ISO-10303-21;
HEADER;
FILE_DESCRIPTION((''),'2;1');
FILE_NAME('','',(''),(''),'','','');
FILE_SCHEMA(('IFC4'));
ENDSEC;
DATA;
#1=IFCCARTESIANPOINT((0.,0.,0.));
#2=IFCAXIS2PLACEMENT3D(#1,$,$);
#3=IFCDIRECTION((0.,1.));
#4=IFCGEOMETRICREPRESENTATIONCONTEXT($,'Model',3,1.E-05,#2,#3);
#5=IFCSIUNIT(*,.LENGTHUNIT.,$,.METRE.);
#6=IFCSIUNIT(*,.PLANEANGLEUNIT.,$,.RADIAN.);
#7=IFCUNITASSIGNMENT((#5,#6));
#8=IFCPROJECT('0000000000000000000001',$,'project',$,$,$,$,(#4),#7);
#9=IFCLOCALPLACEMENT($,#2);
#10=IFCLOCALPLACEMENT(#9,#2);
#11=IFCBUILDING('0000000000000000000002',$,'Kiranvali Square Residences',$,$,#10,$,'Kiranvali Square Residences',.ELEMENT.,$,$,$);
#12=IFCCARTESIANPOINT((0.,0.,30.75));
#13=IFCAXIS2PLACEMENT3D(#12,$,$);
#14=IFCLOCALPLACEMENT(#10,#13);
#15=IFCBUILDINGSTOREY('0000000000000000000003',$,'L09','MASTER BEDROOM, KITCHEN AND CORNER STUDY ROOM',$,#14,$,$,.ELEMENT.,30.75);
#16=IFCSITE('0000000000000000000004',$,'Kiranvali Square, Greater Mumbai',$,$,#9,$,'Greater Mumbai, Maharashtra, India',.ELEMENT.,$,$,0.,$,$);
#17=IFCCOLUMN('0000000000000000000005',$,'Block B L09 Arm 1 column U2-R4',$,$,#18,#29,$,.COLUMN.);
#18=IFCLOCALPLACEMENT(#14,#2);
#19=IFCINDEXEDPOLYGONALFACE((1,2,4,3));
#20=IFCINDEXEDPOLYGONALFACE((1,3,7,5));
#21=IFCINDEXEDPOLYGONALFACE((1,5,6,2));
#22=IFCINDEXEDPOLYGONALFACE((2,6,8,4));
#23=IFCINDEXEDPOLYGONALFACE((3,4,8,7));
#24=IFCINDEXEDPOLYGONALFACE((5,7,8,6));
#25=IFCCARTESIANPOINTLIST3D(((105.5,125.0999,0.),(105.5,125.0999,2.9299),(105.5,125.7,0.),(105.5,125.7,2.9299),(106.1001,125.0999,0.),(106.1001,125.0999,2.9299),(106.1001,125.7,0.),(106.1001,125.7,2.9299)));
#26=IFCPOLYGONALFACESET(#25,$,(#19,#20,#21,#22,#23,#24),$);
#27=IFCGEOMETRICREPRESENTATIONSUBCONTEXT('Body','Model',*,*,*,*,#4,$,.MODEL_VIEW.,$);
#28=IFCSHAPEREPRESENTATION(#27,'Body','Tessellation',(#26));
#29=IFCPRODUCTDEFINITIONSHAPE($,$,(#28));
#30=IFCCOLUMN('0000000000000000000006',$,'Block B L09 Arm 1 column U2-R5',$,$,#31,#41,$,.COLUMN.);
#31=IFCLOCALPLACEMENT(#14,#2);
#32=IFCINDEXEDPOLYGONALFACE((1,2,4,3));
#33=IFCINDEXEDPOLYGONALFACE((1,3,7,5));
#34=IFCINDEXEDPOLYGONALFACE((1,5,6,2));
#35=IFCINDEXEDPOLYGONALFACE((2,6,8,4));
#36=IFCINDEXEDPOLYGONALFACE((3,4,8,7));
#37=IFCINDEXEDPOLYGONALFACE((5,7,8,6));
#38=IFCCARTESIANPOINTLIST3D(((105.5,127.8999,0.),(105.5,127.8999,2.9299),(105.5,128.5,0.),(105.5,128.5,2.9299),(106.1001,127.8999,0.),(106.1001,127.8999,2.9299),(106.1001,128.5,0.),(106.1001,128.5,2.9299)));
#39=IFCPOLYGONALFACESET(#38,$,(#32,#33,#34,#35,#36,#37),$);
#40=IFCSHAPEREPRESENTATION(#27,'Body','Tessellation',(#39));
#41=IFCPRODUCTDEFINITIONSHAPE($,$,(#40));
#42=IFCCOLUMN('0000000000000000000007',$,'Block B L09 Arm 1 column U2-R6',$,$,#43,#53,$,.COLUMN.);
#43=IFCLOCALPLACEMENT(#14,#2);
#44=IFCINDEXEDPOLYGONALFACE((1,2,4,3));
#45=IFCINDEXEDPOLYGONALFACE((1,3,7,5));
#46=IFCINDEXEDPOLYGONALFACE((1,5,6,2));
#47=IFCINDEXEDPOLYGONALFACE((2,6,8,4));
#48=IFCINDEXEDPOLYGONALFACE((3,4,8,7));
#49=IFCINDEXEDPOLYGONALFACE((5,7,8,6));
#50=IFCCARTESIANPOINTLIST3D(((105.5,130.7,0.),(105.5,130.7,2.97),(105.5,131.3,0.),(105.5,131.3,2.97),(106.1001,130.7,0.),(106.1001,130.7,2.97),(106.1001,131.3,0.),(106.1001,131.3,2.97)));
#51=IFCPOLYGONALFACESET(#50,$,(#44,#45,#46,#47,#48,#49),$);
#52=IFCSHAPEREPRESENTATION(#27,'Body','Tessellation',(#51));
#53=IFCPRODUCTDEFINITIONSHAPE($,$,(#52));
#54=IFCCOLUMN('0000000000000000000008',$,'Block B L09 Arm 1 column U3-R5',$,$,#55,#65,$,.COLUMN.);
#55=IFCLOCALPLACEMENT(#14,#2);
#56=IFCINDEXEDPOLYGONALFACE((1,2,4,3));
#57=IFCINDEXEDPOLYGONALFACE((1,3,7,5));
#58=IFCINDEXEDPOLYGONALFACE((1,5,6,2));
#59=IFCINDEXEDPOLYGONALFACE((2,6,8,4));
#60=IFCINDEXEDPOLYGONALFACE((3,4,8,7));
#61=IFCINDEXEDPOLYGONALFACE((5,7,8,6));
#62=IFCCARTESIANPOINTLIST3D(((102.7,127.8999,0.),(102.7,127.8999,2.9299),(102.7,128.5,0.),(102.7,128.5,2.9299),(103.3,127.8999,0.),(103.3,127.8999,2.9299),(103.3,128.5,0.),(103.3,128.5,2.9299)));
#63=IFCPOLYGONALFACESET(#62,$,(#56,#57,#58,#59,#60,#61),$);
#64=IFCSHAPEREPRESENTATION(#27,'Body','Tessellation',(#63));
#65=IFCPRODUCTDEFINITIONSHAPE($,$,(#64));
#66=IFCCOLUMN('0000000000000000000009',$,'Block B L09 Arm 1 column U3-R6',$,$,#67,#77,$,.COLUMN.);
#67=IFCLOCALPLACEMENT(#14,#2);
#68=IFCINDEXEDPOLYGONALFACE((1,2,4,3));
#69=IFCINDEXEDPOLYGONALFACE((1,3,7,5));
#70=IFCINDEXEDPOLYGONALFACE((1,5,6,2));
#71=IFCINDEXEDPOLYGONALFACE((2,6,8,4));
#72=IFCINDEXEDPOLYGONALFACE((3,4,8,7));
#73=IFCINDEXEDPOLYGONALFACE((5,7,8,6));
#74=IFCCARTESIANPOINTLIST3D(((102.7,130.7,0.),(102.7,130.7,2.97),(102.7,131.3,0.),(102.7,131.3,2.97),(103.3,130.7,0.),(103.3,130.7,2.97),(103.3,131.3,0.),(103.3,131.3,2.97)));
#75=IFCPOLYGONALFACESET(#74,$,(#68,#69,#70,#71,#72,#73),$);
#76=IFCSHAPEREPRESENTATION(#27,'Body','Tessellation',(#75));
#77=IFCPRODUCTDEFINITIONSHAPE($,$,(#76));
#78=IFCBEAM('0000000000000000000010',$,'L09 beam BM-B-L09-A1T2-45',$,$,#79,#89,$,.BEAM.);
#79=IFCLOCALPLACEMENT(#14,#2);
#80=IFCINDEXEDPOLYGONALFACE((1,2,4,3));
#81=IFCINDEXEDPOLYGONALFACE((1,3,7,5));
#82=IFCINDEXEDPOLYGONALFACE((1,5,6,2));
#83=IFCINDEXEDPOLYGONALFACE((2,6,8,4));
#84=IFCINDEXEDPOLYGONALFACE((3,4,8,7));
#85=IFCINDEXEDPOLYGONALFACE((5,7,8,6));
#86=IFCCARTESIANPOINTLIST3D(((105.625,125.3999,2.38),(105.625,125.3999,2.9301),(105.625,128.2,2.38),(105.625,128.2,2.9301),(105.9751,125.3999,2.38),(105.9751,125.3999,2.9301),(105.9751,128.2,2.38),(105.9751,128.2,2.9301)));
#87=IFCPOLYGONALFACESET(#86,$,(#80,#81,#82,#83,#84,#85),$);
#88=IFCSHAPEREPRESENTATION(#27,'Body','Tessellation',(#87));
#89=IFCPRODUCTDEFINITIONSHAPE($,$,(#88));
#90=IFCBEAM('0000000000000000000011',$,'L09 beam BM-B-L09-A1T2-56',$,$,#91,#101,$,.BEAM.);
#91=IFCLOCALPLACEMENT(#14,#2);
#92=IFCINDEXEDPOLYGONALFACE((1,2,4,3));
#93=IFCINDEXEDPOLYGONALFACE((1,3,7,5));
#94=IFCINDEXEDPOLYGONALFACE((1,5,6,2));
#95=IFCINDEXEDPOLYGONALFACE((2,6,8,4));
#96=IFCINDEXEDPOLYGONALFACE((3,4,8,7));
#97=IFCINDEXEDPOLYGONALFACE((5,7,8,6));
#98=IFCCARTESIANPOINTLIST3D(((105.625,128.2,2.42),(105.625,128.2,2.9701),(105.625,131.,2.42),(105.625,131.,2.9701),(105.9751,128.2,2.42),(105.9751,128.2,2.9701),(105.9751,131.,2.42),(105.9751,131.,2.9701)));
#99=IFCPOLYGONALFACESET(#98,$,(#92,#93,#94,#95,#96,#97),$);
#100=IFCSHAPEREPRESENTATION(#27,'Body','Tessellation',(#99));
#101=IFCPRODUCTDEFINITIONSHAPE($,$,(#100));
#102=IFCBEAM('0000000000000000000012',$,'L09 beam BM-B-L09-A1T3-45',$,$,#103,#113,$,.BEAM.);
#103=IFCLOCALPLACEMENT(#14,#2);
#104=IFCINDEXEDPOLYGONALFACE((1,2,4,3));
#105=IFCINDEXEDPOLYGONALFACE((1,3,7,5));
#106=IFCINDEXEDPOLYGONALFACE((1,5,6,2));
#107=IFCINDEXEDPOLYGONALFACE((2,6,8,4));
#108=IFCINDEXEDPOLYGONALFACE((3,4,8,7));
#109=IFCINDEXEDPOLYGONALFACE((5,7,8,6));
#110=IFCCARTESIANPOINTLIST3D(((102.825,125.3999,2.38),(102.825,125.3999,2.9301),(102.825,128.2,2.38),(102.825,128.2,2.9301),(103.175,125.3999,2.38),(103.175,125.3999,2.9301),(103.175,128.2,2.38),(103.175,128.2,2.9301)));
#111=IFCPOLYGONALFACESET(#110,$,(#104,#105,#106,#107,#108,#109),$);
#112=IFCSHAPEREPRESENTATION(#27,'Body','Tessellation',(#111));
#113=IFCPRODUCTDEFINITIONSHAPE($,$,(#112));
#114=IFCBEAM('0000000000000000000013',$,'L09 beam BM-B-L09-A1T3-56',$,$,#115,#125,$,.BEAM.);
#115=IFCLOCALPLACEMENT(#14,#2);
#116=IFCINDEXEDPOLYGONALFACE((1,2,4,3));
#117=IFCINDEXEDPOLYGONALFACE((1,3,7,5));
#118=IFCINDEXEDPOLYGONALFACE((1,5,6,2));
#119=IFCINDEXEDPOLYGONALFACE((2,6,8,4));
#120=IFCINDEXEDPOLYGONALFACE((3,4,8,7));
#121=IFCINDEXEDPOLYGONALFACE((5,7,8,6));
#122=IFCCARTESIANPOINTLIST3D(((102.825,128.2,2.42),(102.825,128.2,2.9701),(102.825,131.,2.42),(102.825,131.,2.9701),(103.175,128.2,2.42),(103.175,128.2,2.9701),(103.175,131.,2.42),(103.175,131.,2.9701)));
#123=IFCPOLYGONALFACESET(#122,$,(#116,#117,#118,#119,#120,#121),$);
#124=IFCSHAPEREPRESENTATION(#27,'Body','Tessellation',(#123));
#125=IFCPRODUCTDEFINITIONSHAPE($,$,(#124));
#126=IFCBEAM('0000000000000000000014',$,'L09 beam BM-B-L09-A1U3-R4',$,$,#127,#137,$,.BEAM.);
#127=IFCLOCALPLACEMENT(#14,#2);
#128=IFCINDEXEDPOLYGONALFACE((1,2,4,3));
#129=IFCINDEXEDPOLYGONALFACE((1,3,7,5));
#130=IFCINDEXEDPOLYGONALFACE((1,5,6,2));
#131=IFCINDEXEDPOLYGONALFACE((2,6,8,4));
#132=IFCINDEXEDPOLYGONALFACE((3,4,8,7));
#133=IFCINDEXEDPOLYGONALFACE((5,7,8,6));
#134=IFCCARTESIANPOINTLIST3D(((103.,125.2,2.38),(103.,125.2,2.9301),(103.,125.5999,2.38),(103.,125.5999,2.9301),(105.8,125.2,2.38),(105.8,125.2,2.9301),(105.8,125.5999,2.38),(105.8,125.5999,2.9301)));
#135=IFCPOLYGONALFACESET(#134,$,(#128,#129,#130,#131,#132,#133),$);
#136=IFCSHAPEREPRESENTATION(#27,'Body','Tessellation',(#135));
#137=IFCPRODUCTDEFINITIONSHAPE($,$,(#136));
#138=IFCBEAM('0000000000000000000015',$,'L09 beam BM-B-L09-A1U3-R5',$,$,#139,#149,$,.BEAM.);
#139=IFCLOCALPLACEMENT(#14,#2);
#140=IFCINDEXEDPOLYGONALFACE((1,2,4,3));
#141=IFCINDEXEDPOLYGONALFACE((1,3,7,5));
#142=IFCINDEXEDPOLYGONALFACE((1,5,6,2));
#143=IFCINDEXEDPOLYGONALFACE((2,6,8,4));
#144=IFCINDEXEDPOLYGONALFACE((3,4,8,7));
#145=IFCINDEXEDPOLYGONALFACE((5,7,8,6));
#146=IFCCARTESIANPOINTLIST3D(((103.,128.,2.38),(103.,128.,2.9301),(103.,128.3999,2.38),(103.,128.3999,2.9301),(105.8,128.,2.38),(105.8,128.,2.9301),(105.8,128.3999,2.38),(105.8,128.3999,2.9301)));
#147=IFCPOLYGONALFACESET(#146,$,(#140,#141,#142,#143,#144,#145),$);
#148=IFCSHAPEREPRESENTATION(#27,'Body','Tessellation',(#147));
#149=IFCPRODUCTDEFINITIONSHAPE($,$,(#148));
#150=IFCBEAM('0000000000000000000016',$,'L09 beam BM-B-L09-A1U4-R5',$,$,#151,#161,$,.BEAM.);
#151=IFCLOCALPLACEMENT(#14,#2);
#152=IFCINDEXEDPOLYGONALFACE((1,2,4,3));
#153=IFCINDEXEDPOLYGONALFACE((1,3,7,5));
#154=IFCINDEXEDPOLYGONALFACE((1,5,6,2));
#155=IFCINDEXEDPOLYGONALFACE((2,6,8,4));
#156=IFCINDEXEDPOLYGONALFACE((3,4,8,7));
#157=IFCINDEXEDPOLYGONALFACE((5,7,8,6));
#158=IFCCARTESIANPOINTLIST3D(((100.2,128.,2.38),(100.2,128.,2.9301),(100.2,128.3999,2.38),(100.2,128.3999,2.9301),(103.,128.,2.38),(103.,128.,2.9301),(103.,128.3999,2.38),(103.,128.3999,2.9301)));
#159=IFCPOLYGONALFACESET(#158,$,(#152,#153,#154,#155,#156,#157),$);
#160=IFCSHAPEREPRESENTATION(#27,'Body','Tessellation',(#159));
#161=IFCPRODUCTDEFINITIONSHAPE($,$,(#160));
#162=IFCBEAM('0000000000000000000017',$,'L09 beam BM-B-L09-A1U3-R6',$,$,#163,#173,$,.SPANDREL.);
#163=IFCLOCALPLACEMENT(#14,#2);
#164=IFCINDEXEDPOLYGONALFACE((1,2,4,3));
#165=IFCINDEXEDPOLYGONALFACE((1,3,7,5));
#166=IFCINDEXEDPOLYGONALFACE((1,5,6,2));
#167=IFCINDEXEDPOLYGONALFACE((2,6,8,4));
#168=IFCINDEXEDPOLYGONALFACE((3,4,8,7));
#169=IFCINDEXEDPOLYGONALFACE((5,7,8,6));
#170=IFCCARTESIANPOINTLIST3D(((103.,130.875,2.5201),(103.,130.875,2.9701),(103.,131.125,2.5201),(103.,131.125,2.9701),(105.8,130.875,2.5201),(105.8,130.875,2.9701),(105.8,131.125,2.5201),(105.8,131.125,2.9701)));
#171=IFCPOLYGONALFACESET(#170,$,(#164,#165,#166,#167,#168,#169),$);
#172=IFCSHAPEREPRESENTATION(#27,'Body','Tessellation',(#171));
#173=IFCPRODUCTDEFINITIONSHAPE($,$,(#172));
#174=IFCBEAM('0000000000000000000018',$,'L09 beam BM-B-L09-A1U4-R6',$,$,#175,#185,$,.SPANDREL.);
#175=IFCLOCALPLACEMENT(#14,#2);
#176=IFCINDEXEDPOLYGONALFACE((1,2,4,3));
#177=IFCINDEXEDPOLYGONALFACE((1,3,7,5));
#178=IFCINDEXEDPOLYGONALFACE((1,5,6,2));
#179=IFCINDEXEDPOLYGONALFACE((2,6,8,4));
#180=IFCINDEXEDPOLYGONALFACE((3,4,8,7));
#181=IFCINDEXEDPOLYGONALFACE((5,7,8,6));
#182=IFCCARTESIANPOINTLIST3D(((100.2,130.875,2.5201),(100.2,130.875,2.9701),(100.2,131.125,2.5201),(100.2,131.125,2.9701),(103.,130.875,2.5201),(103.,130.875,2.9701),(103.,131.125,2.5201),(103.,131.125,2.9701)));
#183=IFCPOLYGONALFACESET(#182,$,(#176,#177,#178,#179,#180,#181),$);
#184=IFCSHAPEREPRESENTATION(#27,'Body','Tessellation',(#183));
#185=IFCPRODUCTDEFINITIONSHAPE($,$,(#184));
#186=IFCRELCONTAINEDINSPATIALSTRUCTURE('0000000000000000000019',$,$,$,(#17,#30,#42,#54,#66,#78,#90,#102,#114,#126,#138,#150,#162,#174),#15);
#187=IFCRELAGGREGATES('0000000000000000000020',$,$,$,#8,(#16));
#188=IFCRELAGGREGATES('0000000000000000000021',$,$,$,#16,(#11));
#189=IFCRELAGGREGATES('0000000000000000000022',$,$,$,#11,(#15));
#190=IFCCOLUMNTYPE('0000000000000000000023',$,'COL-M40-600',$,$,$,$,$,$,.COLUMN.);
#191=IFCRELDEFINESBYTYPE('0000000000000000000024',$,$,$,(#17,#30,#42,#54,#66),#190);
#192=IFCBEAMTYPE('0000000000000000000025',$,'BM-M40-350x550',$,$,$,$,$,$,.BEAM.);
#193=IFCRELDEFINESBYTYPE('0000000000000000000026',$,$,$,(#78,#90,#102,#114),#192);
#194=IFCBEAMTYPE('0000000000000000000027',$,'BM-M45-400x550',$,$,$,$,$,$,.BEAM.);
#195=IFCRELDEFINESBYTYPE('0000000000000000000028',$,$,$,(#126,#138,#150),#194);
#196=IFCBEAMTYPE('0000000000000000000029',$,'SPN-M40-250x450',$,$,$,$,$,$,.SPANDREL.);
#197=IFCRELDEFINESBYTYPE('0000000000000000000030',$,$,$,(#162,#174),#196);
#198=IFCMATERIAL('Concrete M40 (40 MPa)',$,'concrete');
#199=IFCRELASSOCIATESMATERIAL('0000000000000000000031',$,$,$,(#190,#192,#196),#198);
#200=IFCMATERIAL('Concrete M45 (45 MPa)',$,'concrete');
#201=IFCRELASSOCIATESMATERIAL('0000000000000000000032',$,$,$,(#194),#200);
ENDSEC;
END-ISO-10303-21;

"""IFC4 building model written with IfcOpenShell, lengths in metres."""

from ifc_helpers import new_model, si_unit, direction, frame, origin, origin_2d, place, context, subcontext, project, spatial, rectangle, extrude, material, material_profile, profile_set, type_object, element, save


model = new_model("IFC4")

# Units and contexts
model_context = context("Model", 3, precision=1e-05, world=origin(), true_north=direction((0.0, 1.0)))
body_context = subcontext(model_context, "Body", "Model", "MODEL_VIEW")
ifc_project = project(units=[si_unit("LENGTHUNIT", "METRE"), si_unit("PLANEANGLEUNIT", "RADIAN")], contexts=[model_context])

# Site, building, storey
site_placement = place(None, origin())
site = spatial("IfcSite", under=ifc_project, at=site_placement, Name="Kiranvali Square, Greater Mumbai", LongName="Greater Mumbai, Maharashtra, India", CompositionType="ELEMENT", RefElevation=0.0)
building_placement = place(site_placement, origin())
building = spatial("IfcBuilding", under=site, at=building_placement, Name="Kiranvali Square Residences", LongName="Kiranvali Square Residences", CompositionType="ELEMENT")
storey_placement = place(building_placement, frame((0.0, 0.0, 30.75)))
storey = spatial("IfcBuildingStorey", under=building, at=storey_placement, Name="L09", Description="MASTER BEDROOM, KITCHEN AND CORNER STUDY ROOM", CompositionType="ELEMENT", Elevation=30.75)

# Columns
ifc_material_1 = material(Name="Concrete M40 (40 MPa)", Category="concrete")
ifc_material_profile_1 = material_profile(ifc_material_1, rectangle(XDim=0.6001, YDim=0.6001, at=origin_2d()), Name="RC 600x600")
ifc_profile_set_1 = profile_set([ifc_material_profile_1], Name="Concrete M40 (40 MPa)")
column_type = type_object("IfcColumnType", Name="COL-M40-600", PredefinedType="COLUMN", material=ifc_profile_set_1)
for number, where, z_axis, x_axis, name in (
    (1, (105.8, 125.3999, 0.0), (0.0, 0.0, 1.0), (1.0, 0.0, 0.0), "Block B L09 Arm 1 column U2-R4"),
    (2, (105.8, 128.2, 0.0), (0.0, 0.0, 1.0), (1.0, 0.0, 0.0), "Block B L09 Arm 1 column U2-R5"),
):
    element("IfcColumn", number, at=place(storey_placement, frame(where, z_axis=z_axis, x_axis=x_axis)), inside=storey, type_object=column_type, Name=name, PredefinedType="COLUMN", context=body_context, shape_type="SweptSolid", body=[
        extrude(rectangle(XDim=0.6001, YDim=0.6001, at=origin_2d()), origin(), (0.0, 0.0, 1.0), 2.9299),
    ])
column_1_placement = place(storey_placement, frame((105.8, 131.0, 0.0), z_axis=(0.0, 0.0, 1.0), x_axis=(1.0, 0.0, 0.0)))
element("IfcColumn", 3, at=column_1_placement, inside=storey, type_object=column_type, Name="Block B L09 Arm 1 column U2-R6", PredefinedType="COLUMN", context=body_context, shape_type="SweptSolid", body=[
    extrude(rectangle(XDim=0.6001, YDim=0.6001, at=origin_2d()), origin(), (0.0, 0.0, 1.0), 2.97),
])
column_2_placement = place(storey_placement, frame((103.0, 128.2, 0.0), z_axis=(0.0, 0.0, 1.0), x_axis=(1.0, 0.0, 0.0)))
element("IfcColumn", 4, at=column_2_placement, inside=storey, type_object=column_type, Name="Block B L09 Arm 1 column U3-R5", PredefinedType="COLUMN", context=body_context, shape_type="SweptSolid", body=[
    extrude(rectangle(XDim=0.6001, YDim=0.6001, at=origin_2d()), origin(), (0.0, 0.0, 1.0), 2.9299),
])
column_3_placement = place(storey_placement, frame((103.0, 131.0, 0.0), z_axis=(0.0, 0.0, 1.0), x_axis=(1.0, 0.0, 0.0)))
element("IfcColumn", 5, at=column_3_placement, inside=storey, type_object=column_type, Name="Block B L09 Arm 1 column U3-R6", PredefinedType="COLUMN", context=body_context, shape_type="SweptSolid", body=[
    extrude(rectangle(XDim=0.6001, YDim=0.6001, at=origin_2d()), origin(), (0.0, 0.0, 1.0), 2.97),
])

# Beams
ifc_material_profile_2 = material_profile(ifc_material_1, rectangle(XDim=0.3501, YDim=0.55, at=origin_2d()), Name="RC 350x550")
ifc_profile_set_2 = profile_set([ifc_material_profile_2], Name="Concrete M40 (40 MPa)")
beam_type_1 = type_object("IfcBeamType", Name="BM-M40-350x550", PredefinedType="BEAM", material=ifc_profile_set_2)
for number, where, z_axis, x_axis, name in (
    (6, (105.8, 125.3999, 2.655), (0.0, 1.0, 0.0), (-1.0, 0.0, 0.0), "L09 beam BM-B-L09-A1T2-45"),
    (7, (105.8, 128.2, 2.6951), (0.0, 1.0, 0.0), (-1.0, 0.0, 0.0), "L09 beam BM-B-L09-A1T2-56"),
    (8, (103.0, 125.3999, 2.655), (0.0, 1.0, 0.0), (-1.0, 0.0, 0.0), "L09 beam BM-B-L09-A1T3-45"),
    (9, (103.0, 128.2, 2.6951), (0.0, 1.0, 0.0), (-1.0, 0.0, 0.0), "L09 beam BM-B-L09-A1T3-56"),
):
    element("IfcBeam", number, at=place(storey_placement, frame(where, z_axis=z_axis, x_axis=x_axis)), inside=storey, type_object=beam_type_1, Name=name, PredefinedType="BEAM", context=body_context, shape_type="SweptSolid", body=[
        extrude(rectangle(XDim=0.3501, YDim=0.55, at=origin_2d()), origin(), (0.0, 0.0, 1.0), 2.8),
    ])
ifc_material_2 = material(Name="Concrete M45 (45 MPa)", Category="concrete")
ifc_material_profile_3 = material_profile(ifc_material_2, rectangle(XDim=0.3999, YDim=0.55, at=origin_2d()), Name="RC 400x550")
ifc_profile_set_3 = profile_set([ifc_material_profile_3], Name="Concrete M45 (45 MPa)")
beam_type_2 = type_object("IfcBeamType", Name="BM-M45-400x550", PredefinedType="BEAM", material=ifc_profile_set_3)
for number, where, z_axis, x_axis, name in (
    (10, (105.8, 125.3999, 2.655), (-1.0, 0.0, 0.0), (0.0, -1.0, 0.0), "L09 beam BM-B-L09-A1U3-R4"),
    (11, (105.8, 128.2, 2.655), (-1.0, 0.0, 0.0), (0.0, -1.0, 0.0), "L09 beam BM-B-L09-A1U3-R5"),
    (12, (103.0, 128.2, 2.655), (-1.0, 0.0, 0.0), (0.0, -1.0, 0.0), "L09 beam BM-B-L09-A1U4-R5"),
):
    element("IfcBeam", number, at=place(storey_placement, frame(where, z_axis=z_axis, x_axis=x_axis)), inside=storey, type_object=beam_type_2, Name=name, PredefinedType="BEAM", context=body_context, shape_type="SweptSolid", body=[
        extrude(rectangle(XDim=0.3999, YDim=0.55, at=origin_2d()), origin(), (0.0, 0.0, 1.0), 2.8),
    ])
ifc_material_profile_4 = material_profile(ifc_material_1, rectangle(XDim=0.25, YDim=0.45, at=origin_2d()), Name="RC 250x450")
ifc_profile_set_4 = profile_set([ifc_material_profile_4], Name="Concrete M40 (40 MPa)")
beam_type_3 = type_object("IfcBeamType", Name="SPN-M40-250x450", PredefinedType="SPANDREL", material=ifc_profile_set_4)
for number, where, z_axis, x_axis, name in (
    (13, (105.8, 131.0, 2.7451), (-1.0, 0.0, 0.0), (0.0, -1.0, 0.0), "L09 beam BM-B-L09-A1U3-R6"),
    (14, (103.0, 131.0, 2.7451), (-1.0, 0.0, 0.0), (0.0, -1.0, 0.0), "L09 beam BM-B-L09-A1U4-R6"),
):
    element("IfcBeam", number, at=place(storey_placement, frame(where, z_axis=z_axis, x_axis=x_axis)), inside=storey, type_object=beam_type_3, Name=name, PredefinedType="SPANDREL", context=body_context, shape_type="SweptSolid", body=[
        extrude(rectangle(XDim=0.25, YDim=0.45, at=origin_2d()), origin(), (0.0, 0.0, 1.0), 2.8),
    ])

save(model, "model.ifc")
